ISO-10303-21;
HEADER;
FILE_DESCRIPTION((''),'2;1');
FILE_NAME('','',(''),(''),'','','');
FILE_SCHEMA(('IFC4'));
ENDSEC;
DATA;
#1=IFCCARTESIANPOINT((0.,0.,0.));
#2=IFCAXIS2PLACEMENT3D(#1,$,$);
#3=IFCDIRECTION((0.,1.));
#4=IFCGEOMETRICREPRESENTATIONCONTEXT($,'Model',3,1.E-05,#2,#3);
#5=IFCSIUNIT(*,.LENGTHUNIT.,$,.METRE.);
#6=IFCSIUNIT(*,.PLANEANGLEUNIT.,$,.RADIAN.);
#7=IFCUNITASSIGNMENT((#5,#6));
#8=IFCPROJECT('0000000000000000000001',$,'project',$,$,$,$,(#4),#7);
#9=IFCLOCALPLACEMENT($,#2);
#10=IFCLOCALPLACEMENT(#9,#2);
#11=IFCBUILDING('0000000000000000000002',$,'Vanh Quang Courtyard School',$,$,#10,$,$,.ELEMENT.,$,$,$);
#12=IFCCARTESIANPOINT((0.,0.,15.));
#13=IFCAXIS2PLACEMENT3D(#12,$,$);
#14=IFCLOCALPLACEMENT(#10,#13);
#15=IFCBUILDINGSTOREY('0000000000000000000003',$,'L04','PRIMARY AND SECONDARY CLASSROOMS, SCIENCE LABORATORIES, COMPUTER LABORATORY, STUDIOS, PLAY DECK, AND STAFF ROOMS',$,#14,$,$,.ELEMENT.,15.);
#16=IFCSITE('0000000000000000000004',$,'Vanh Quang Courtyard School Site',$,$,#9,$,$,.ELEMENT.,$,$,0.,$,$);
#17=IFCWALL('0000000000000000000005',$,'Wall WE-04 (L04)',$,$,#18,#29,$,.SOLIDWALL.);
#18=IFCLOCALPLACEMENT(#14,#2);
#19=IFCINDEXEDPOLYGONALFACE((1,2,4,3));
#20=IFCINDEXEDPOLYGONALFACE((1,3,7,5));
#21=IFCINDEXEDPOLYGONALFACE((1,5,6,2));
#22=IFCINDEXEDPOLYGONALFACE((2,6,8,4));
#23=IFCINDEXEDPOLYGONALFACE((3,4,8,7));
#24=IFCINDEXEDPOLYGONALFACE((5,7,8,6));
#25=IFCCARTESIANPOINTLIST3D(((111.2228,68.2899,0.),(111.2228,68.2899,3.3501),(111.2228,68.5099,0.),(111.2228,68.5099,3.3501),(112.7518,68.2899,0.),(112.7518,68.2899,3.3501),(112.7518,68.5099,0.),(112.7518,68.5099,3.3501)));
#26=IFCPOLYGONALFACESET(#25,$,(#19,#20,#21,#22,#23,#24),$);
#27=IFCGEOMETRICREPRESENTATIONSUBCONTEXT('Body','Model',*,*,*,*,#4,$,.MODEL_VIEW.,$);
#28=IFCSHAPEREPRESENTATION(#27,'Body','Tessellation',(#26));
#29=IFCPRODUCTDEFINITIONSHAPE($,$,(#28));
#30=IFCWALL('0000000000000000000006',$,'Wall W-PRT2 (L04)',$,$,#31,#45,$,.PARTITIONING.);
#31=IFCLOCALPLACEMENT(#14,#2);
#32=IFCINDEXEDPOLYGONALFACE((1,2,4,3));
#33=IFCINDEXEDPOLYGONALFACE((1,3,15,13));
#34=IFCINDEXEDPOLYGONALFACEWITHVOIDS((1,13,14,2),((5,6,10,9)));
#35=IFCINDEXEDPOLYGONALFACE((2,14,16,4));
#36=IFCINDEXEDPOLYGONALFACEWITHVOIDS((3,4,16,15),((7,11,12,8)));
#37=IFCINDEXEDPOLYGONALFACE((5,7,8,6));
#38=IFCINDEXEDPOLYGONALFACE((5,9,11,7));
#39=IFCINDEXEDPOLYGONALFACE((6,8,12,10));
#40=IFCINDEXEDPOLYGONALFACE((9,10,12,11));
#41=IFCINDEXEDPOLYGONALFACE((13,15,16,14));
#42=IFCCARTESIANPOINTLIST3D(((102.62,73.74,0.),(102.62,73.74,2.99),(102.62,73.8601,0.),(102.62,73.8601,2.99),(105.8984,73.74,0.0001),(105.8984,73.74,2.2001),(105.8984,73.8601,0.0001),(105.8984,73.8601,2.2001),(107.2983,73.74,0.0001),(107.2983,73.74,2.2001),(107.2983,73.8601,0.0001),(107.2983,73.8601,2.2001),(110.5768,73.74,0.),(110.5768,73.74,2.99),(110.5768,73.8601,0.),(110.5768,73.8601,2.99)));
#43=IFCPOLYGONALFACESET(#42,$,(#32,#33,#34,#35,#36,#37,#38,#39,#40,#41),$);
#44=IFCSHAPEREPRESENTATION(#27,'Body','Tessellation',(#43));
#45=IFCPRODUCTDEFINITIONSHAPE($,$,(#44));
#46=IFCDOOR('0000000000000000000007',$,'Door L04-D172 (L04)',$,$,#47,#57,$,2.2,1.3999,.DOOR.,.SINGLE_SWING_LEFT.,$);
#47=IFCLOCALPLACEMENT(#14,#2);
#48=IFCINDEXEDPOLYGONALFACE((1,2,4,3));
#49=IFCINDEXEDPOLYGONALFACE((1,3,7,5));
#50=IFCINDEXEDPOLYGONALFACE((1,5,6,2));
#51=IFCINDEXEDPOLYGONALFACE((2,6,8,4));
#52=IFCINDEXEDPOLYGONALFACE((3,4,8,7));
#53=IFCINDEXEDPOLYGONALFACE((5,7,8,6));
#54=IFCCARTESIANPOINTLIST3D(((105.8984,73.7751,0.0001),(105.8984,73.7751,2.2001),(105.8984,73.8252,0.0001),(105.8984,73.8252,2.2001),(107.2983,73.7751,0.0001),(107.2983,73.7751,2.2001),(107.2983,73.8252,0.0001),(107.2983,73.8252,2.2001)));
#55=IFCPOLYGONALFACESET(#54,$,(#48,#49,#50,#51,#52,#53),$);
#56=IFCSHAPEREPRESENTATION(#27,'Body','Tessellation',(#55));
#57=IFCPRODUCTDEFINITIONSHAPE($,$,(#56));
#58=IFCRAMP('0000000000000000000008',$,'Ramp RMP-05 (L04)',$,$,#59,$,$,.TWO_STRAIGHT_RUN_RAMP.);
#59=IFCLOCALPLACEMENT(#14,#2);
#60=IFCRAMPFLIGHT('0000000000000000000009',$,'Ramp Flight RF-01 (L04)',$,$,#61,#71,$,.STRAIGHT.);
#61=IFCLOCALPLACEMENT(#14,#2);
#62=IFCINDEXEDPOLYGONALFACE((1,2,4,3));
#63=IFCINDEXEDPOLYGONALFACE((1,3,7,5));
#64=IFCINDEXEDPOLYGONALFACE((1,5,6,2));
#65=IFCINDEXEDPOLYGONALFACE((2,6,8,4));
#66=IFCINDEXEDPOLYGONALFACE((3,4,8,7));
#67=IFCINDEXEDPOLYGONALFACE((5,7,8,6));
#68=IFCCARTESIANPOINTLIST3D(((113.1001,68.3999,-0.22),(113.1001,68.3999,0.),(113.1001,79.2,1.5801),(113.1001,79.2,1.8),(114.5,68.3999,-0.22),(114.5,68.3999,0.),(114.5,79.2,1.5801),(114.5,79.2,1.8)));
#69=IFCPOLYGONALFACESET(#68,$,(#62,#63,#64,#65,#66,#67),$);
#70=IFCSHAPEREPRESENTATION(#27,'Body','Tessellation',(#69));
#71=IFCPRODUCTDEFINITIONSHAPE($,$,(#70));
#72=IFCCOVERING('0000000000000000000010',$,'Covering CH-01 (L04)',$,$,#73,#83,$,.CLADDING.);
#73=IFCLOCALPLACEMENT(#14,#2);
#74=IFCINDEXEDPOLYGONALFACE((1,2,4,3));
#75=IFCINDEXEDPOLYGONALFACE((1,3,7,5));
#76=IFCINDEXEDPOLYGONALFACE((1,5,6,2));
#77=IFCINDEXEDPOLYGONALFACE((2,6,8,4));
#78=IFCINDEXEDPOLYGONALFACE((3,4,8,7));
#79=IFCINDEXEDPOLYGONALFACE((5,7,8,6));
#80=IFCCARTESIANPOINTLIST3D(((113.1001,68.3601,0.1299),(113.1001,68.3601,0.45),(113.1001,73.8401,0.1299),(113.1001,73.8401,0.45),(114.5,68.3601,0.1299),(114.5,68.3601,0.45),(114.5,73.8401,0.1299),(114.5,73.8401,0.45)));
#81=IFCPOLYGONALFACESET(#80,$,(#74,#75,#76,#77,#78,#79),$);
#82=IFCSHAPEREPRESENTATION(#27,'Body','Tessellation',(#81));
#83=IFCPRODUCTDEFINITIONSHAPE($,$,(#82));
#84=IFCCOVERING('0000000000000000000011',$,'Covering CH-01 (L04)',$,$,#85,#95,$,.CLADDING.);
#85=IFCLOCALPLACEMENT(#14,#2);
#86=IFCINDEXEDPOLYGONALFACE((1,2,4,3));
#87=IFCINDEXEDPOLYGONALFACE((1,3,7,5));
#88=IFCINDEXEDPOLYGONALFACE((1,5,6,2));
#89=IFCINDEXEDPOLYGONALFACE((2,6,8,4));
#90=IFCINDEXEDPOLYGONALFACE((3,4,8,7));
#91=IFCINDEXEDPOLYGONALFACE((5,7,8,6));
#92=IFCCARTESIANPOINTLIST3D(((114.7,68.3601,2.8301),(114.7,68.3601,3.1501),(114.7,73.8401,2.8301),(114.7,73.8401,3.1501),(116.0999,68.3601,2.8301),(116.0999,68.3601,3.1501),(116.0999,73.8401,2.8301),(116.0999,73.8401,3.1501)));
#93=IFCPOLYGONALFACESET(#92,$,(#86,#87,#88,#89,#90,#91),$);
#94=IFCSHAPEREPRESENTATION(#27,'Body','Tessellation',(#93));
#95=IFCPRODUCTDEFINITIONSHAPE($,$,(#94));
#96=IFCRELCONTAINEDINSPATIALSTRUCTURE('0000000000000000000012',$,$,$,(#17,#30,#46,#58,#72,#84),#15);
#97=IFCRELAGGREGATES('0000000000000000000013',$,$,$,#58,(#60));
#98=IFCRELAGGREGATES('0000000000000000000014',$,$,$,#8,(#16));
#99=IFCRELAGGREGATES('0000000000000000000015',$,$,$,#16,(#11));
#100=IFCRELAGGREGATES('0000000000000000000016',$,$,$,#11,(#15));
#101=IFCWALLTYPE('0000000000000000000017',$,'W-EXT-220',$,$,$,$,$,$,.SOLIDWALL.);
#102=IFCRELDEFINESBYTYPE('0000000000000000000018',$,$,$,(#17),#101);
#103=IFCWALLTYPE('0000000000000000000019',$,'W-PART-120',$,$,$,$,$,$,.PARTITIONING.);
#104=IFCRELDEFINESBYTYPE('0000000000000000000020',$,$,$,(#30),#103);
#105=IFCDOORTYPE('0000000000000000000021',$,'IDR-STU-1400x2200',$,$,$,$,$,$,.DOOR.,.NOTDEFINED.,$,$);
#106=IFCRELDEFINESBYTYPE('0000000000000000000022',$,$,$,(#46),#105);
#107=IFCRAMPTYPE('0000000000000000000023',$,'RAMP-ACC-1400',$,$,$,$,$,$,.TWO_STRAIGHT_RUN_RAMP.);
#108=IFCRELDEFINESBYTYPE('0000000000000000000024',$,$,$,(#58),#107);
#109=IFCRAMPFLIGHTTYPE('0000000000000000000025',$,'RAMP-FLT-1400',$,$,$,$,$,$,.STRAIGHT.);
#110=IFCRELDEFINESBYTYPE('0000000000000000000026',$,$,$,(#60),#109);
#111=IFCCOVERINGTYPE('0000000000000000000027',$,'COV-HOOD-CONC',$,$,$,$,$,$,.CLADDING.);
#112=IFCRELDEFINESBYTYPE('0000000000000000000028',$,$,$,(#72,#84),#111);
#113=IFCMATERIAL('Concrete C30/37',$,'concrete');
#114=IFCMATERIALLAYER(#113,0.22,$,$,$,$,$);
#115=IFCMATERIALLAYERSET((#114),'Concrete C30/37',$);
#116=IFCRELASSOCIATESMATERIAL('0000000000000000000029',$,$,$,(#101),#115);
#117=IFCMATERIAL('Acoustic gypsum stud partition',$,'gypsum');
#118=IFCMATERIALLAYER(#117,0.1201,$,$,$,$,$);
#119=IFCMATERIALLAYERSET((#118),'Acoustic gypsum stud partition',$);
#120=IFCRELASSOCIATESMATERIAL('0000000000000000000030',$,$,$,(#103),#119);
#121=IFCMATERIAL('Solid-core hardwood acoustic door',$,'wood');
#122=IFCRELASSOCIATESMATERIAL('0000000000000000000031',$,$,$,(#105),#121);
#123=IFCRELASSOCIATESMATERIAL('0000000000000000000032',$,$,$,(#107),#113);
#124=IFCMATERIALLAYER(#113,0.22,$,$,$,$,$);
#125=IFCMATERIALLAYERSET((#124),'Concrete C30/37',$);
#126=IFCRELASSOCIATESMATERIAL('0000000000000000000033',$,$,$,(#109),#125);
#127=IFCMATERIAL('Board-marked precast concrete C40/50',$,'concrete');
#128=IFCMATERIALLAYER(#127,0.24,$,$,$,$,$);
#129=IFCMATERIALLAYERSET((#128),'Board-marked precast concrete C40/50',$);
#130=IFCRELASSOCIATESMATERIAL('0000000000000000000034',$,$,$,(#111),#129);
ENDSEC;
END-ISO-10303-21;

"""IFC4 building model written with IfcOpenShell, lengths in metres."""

from ifc_helpers import new_model, si_unit, direction, frame, frame_2d, origin, origin_2d, place, context, subcontext, project, spatial, polyline, rectangle, outline, extrude, material, layer, layer_set, type_object, element, fill, aggregate, save


model = new_model("IFC4")

# Units and contexts
model_context = context("Model", 3, precision=1e-05, world=origin(), true_north=direction((0.0, 1.0)))
body_context = subcontext(model_context, "Body", "Model", "MODEL_VIEW")
ifc_project = project(units=[si_unit("LENGTHUNIT", "METRE"), si_unit("PLANEANGLEUNIT", "RADIAN")], contexts=[model_context])

# Site, building, storey
site_placement = place(None, origin())
site = spatial("IfcSite", under=ifc_project, at=site_placement, Name="Vanh Quang Courtyard School Site", CompositionType="ELEMENT", RefElevation=0.0)
building_placement = place(site_placement, origin())
building = spatial("IfcBuilding", under=site, at=building_placement, Name="Vanh Quang Courtyard School", CompositionType="ELEMENT")
storey_placement = place(building_placement, frame((0.0, 0.0, 15.0)))
storey = spatial("IfcBuildingStorey", under=building, at=storey_placement, Name="L04", Description="PRIMARY AND SECONDARY CLASSROOMS, SCIENCE LABORATORIES, COMPUTER LABORATORY, STUDIOS, PLAY DECK, AND STAFF ROOMS", CompositionType="ELEMENT", Elevation=15.0)

# Wall
ifc_material_1 = material(Name="Concrete C30/37", Category="concrete")
ifc_layer_1 = layer(ifc_material_1, 0.22)
ifc_layer_set_1 = layer_set([ifc_layer_1], Name="Concrete C30/37")
wall_type_1 = type_object("IfcWallType", Name="W-EXT-220", PredefinedType="SOLIDWALL", material=ifc_layer_set_1)
wall_1_placement = place(storey_placement, frame((112.752, 68.3999, 0.0), z_axis=(0.0, 0.0, 1.0), x_axis=(-1.0, 0.0, 0.0)))
element("IfcWall", 1, at=wall_1_placement, inside=storey, type_object=wall_type_1, Name="Wall WE-04 (L04)", PredefinedType="SOLIDWALL", context=body_context, shape_type="SweptSolid", body=[
    extrude(rectangle(XDim=1.5291, YDim=0.22, at=frame_2d((0.7646, 0.0))), origin(), (0.0, 0.0, 1.0), 3.3501),
])

# Wall, opening, door
ifc_material_2 = material(Name="Acoustic gypsum stud partition", Category="gypsum")
ifc_layer_2 = layer(ifc_material_2, 0.1201)
ifc_layer_set_2 = layer_set([ifc_layer_2], Name="Acoustic gypsum stud partition")
wall_type_2 = type_object("IfcWallType", Name="W-PART-120", PredefinedType="PARTITIONING", material=ifc_layer_set_2)
wall_2_placement = place(storey_placement, frame((110.5769, 73.8, 0.0), z_axis=(0.0, 0.0, 1.0), x_axis=(-1.0, 0.0, 0.0)))
wall_2 = element("IfcWall", 2, at=wall_2_placement, inside=storey, type_object=wall_type_2, Name="Wall W-PRT2 (L04)", PredefinedType="PARTITIONING", context=body_context, shape_type="SweptSolid", body=[
    extrude(rectangle(XDim=7.9568, YDim=0.1201, at=frame_2d((3.9785, 0.0))), origin(), (0.0, 0.0, 1.0), 2.99),
])
opening_placement = place(wall_2_placement, frame((3.2786, 0.0, 0.0)))
opening = element("IfcOpeningElement", 3, at=opening_placement, cuts=wall_2, PredefinedType="OPENING", context=body_context, shape_type="SweptSolid", body=[
    extrude(rectangle(XDim=1.3999, YDim=2.2, at=frame_2d((0.7, 1.1001))), frame((0.0, 0.0701, 0.0), z_axis=(0.0, -1.0, 0.0), x_axis=(1.0, 0.0, 0.0)), (0.0, 0.0, 1.0), 0.1401),
])
ifc_material_3 = material(Name="Solid-core hardwood acoustic door", Category="wood")
door_type = type_object("IfcDoorType", Name="IDR-STU-1400x2200", OperationType="NOTDEFINED", PredefinedType="DOOR", material=ifc_material_3)
door_placement = place(opening_placement, origin())
door = element("IfcDoor", 4, at=door_placement, inside=storey, type_object=door_type, Name="Door L04-D172 (L04)", OperationType="SINGLE_SWING_LEFT", OverallHeight=2.2, OverallWidth=1.3999, PredefinedType="DOOR", context=body_context, shape_type="SweptSolid", body=[
    extrude(rectangle(XDim=1.3999, YDim=2.2, at=frame_2d((0.7, 1.1001))), frame((0.0, 0.0249, 0.0), z_axis=(0.0, -1.0, 0.0), x_axis=(1.0, 0.0, 0.0)), (0.0, 0.0, 1.0), 0.05),
])
fill(opening, door)

# Ramp, ramp flight
ramp_type = type_object("IfcRampType", Name="RAMP-ACC-1400", PredefinedType="TWO_STRAIGHT_RUN_RAMP", material=ifc_material_1)
ramp_placement = place(storey_placement, origin())
ramp = element("IfcRamp", 5, at=ramp_placement, inside=storey, type_object=ramp_type, Name="Ramp RMP-05 (L04)", PredefinedType="TWO_STRAIGHT_RUN_RAMP")
ifc_layer_3 = layer(ifc_material_1, 0.22)
ifc_layer_set_3 = layer_set([ifc_layer_3], Name="Concrete C30/37")
ramp_flight_type = type_object("IfcRampFlightType", Name="RAMP-FLT-1400", PredefinedType="STRAIGHT", material=ifc_layer_set_3)
ramp_flight_placement = place(storey_placement, frame((113.8, 68.3999, 0.0), z_axis=(0.0, 0.0, 1.0), x_axis=(0.0, 1.0, 0.0)))
ramp_flight = element("IfcRampFlight", 6, at=ramp_flight_placement, type_object=ramp_flight_type, Name="Ramp Flight RF-01 (L04)", PredefinedType="STRAIGHT", context=body_context, shape_type="SweptSolid", body=[
    extrude(outline(polyline([(0.0, 0.0), (10.8, 1.8), (10.8, 1.5801), (0.0, -0.22), (0.0, 0.0)])), frame((0.0, 0.7, 0.0), z_axis=(0.0, -1.0, 0.0), x_axis=(1.0, 0.0, 0.0)), (0.0, 0.0, 1.0), 1.3999),
])
aggregate(ramp, [ramp_flight])

# Coverings
ifc_material_4 = material(Name="Board-marked precast concrete C40/50", Category="concrete")
ifc_layer_4 = layer(ifc_material_4, 0.24)
ifc_layer_set_4 = layer_set([ifc_layer_4], Name="Board-marked precast concrete C40/50")
covering_type = type_object("IfcCoveringType", Name="COV-HOOD-CONC", PredefinedType="CLADDING", material=ifc_layer_set_4)
for number, where, z_axis, x_axis, name in (
    (7, (113.8, 71.1001, 0.1299), (0.0, 0.0, 1.0), (1.0, 0.0, 0.0), "Covering CH-01 (L04)"),
    (8, (115.3999, 71.1001, 2.8301), (0.0, 0.0, 1.0), (1.0, 0.0, 0.0), "Covering CH-01 (L04)"),
):
    element("IfcCovering", number, at=place(storey_placement, frame(where, z_axis=z_axis, x_axis=x_axis)), inside=storey, type_object=covering_type, Name=name, PredefinedType="CLADDING", context=body_context, shape_type="SweptSolid", body=[
        extrude(rectangle(XDim=1.3999, YDim=5.48, at=origin_2d()), origin(), (0.0, 0.0, 1.0), 0.3201),
    ])

save(model, "model.ifc")
